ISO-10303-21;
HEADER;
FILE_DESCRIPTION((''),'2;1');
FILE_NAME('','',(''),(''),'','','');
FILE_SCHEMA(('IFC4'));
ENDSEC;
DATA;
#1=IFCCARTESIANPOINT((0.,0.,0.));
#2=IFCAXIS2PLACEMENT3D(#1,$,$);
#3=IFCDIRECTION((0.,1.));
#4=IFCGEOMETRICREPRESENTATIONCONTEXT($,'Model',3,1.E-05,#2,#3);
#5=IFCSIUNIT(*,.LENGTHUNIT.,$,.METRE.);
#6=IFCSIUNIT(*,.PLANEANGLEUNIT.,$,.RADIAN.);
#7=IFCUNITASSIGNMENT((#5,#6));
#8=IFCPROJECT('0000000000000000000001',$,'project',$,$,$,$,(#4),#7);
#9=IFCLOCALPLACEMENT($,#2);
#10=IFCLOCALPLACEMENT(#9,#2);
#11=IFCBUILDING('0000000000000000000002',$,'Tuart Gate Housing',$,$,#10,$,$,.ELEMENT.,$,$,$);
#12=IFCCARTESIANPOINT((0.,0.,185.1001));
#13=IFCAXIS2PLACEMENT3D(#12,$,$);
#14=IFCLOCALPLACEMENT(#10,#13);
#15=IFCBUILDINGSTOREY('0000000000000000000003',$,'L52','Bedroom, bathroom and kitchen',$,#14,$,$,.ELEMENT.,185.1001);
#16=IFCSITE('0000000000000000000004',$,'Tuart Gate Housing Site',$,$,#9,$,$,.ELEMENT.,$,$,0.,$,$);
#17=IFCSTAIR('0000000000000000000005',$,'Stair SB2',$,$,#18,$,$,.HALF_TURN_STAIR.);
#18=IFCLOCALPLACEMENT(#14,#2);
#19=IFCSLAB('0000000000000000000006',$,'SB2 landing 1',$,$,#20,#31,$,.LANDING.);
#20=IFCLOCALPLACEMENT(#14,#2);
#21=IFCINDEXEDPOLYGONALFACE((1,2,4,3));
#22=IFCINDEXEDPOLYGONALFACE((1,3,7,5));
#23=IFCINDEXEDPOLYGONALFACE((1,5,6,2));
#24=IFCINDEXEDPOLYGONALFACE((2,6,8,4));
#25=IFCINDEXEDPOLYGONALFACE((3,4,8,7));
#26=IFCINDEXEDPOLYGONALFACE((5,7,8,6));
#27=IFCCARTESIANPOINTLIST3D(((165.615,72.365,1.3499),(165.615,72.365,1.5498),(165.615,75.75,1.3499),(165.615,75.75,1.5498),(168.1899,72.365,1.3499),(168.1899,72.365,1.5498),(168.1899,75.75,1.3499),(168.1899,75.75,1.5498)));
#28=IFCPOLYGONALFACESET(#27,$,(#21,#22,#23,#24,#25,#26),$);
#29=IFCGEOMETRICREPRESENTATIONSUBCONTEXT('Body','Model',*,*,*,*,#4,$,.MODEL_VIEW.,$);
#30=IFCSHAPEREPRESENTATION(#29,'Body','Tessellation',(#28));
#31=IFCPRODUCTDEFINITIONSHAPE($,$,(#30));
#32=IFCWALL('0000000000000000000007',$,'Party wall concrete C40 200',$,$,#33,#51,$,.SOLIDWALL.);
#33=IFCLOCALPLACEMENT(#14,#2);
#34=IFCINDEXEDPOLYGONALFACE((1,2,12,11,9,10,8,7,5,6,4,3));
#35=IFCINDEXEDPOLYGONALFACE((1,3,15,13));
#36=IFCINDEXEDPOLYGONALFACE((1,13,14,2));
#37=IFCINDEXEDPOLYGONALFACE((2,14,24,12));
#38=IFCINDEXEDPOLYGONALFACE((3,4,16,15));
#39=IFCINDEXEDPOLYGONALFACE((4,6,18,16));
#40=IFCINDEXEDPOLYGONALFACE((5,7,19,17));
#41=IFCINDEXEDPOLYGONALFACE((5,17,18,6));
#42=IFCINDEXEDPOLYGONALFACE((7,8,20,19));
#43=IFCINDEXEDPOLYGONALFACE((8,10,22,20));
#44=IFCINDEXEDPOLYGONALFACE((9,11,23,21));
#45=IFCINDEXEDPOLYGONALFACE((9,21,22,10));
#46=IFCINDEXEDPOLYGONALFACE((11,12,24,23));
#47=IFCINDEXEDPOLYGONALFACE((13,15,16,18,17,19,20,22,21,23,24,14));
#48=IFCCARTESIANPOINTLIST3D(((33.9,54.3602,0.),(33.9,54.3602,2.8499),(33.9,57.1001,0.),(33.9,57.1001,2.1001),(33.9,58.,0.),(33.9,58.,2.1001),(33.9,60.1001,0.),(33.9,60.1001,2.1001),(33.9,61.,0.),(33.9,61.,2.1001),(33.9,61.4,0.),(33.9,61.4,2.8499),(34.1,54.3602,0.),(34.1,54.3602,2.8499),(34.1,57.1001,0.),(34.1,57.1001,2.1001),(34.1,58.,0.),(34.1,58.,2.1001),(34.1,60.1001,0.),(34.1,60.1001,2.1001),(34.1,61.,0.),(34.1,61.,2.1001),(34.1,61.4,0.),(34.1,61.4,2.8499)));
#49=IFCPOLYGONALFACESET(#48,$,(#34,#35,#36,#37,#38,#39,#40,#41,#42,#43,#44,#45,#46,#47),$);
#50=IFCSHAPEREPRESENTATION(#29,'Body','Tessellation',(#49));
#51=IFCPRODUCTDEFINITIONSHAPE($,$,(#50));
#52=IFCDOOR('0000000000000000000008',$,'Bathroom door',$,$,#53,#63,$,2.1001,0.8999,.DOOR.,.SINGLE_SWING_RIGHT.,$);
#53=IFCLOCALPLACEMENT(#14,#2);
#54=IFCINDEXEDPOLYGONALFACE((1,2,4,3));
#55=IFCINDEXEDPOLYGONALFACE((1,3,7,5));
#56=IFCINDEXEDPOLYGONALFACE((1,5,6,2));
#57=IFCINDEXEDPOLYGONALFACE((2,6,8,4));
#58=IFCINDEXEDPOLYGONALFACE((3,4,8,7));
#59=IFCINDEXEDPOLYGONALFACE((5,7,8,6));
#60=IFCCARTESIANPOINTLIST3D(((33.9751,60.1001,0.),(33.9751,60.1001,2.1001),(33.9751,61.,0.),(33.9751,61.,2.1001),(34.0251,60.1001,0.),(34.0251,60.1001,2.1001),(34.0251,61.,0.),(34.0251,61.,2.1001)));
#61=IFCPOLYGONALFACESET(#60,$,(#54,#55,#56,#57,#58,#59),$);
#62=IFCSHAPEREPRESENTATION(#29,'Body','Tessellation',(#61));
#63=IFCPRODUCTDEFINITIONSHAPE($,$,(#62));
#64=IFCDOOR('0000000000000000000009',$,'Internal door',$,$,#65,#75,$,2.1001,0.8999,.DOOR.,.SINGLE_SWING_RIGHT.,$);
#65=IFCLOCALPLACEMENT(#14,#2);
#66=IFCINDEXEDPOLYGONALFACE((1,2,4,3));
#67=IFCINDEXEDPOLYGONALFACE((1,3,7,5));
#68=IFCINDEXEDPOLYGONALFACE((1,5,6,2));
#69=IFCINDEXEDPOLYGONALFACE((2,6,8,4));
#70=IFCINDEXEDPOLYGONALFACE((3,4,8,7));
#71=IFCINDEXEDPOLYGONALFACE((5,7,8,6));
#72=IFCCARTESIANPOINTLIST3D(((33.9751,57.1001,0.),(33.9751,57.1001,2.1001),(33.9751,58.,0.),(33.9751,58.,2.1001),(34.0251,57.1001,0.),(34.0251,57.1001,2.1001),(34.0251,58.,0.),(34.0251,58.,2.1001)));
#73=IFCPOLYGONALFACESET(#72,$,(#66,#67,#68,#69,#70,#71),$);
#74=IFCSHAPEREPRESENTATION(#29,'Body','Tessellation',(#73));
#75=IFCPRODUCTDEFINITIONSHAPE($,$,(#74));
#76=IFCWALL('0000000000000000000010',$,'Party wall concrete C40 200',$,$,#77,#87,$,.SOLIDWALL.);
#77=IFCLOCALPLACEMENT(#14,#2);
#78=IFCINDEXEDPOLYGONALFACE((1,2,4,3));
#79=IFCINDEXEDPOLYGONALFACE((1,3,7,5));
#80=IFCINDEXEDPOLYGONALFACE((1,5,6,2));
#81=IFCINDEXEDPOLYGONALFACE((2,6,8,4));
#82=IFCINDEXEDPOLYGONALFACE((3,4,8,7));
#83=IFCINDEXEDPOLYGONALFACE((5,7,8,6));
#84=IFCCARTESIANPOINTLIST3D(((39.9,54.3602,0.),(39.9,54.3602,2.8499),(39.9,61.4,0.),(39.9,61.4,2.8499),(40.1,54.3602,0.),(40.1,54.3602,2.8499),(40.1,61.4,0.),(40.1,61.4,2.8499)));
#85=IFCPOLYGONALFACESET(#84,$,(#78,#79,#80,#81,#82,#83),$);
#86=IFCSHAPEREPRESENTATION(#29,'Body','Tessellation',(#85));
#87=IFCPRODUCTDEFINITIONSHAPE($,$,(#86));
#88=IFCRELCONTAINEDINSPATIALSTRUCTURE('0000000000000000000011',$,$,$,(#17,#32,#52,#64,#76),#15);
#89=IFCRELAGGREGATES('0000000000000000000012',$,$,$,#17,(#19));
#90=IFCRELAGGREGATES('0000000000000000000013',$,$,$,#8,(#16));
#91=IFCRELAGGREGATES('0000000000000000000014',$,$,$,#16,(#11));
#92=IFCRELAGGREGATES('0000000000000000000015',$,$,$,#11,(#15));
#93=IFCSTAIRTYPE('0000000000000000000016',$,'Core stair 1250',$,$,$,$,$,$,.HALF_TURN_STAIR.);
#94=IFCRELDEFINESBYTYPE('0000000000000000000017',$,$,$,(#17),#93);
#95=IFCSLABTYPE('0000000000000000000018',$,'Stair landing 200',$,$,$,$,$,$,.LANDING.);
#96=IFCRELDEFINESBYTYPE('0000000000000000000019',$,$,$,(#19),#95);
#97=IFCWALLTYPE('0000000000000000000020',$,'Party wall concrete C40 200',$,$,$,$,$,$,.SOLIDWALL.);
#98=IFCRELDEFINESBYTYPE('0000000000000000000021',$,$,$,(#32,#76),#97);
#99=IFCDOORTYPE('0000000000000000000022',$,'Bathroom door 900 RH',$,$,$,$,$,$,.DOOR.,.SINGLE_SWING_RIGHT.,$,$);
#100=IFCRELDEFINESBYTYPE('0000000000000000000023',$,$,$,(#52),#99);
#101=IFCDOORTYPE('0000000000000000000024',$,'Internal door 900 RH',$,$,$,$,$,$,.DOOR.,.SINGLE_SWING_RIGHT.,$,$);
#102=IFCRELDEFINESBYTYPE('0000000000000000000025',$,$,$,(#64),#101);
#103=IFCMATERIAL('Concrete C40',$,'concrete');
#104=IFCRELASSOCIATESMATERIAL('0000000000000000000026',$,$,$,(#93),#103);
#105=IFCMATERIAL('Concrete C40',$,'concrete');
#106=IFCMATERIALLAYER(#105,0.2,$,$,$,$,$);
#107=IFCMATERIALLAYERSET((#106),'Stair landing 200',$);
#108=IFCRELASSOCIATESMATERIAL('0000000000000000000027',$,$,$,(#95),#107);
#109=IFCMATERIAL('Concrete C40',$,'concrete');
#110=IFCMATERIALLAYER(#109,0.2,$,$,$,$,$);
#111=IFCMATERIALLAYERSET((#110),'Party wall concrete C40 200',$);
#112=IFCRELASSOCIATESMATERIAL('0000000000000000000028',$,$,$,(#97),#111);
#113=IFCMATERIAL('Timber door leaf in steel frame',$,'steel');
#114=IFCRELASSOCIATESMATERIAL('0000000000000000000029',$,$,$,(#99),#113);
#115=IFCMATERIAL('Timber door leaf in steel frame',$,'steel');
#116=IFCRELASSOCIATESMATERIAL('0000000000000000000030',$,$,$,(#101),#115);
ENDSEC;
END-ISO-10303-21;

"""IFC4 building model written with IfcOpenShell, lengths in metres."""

from ifc_helpers import new_model, si_unit, direction, frame, frame_2d, origin, place, context, subcontext, project, spatial, polyline, rectangle, outline, extrude, material, layer, layer_set, type_object, element, fill, aggregate, save


model = new_model("IFC4")

# Units and contexts
model_context = context("Model", 3, precision=1e-05, world=origin(), true_north=direction((0.0, 1.0)))
body_context = subcontext(model_context, "Body", "Model", "MODEL_VIEW")
ifc_project = project(units=[si_unit("LENGTHUNIT", "METRE"), si_unit("PLANEANGLEUNIT", "RADIAN")], contexts=[model_context])

# Site, building, storey
site_placement = place(None, origin())
site = spatial("IfcSite", under=ifc_project, at=site_placement, Name="Tuart Gate Housing Site", CompositionType="ELEMENT", RefElevation=0.0)
building_placement = place(site_placement, origin())
building = spatial("IfcBuilding", under=site, at=building_placement, Name="Tuart Gate Housing", CompositionType="ELEMENT")
storey_placement = place(building_placement, frame((0.0, 0.0, 185.1001)))
storey = spatial("IfcBuildingStorey", under=building, at=storey_placement, Name="L52", Description="Bedroom, bathroom and kitchen", CompositionType="ELEMENT", Elevation=185.1001)

# Stair, slab
ifc_material_1 = material(Name="Concrete C40", Category="concrete")
stair_type = type_object("IfcStairType", Name="Core stair 1250", PredefinedType="HALF_TURN_STAIR", material=ifc_material_1)
stair_placement = place(storey_placement, origin())
stair = element("IfcStair", 1, at=stair_placement, inside=storey, type_object=stair_type, Name="Stair SB2", PredefinedType="HALF_TURN_STAIR")
ifc_material_2 = material(Name="Concrete C40", Category="concrete")
ifc_layer_1 = layer(ifc_material_2, 0.2)
ifc_layer_set_1 = layer_set([ifc_layer_1], Name="Stair landing 200")
slab_type = type_object("IfcSlabType", Name="Stair landing 200", PredefinedType="LANDING", material=ifc_layer_set_1)
slab_placement = place(storey_placement, frame((0.0, 0.0, 1.3499)))
slab = element("IfcSlab", 2, at=slab_placement, type_object=slab_type, Name="SB2 landing 1", PredefinedType="LANDING", context=body_context, shape_type="SweptSolid", body=[
    extrude(outline(polyline([(165.615, 72.365), (168.1899, 72.365), (168.1899, 75.75), (165.615, 75.75), (165.615, 72.365)])), origin(), (0.0, 0.0, 1.0), 0.2),
])
aggregate(stair, [slab])

# Wall, openings, doors
ifc_material_3 = material(Name="Concrete C40", Category="concrete")
ifc_layer_2 = layer(ifc_material_3, 0.2)
ifc_layer_set_2 = layer_set([ifc_layer_2], Name="Party wall concrete C40 200")
wall_type_1 = type_object("IfcWallType", Name="Party wall concrete C40 200", PredefinedType="SOLIDWALL", material=ifc_layer_set_2)
wall_1_placement = place(storey_placement, frame((34.0, 54.3601, 0.0), z_axis=(0.0, 0.0, 1.0), x_axis=(0.0, 1.0, 0.0)))
wall_1 = element("IfcWall", 3, at=wall_1_placement, inside=storey, type_object=wall_type_1, Name="Party wall concrete C40 200", PredefinedType="SOLIDWALL", context=body_context, shape_type="SweptSolid", body=[
    extrude(rectangle(XDim=7.0398, YDim=0.2, at=frame_2d((3.52, 0.0))), origin(), (0.0, 0.0, 1.0), 2.8499),
])
opening_1_placement = place(wall_1_placement, frame((2.74, 0.0, 0.0)))
opening_1 = element("IfcOpeningElement", 4, at=opening_1_placement, cuts=wall_1, PredefinedType="OPENING", context=body_context, shape_type="SweptSolid", body=[
    extrude(rectangle(XDim=0.8999, YDim=2.1001, at=frame_2d((0.45, 1.05))), frame((0.0, 0.1099, 0.0), z_axis=(0.0, -1.0, 0.0), x_axis=(1.0, 0.0, 0.0)), (0.0, 0.0, 1.0), 0.22),
])
opening_2_placement = place(wall_1_placement, frame((5.74, 0.0, 0.0)))
opening_2 = element("IfcOpeningElement", 5, at=opening_2_placement, cuts=wall_1, PredefinedType="OPENING", context=body_context, shape_type="SweptSolid", body=[
    extrude(rectangle(XDim=0.8999, YDim=2.1001, at=frame_2d((0.45, 1.05))), frame((0.0, 0.1099, 0.0), z_axis=(0.0, -1.0, 0.0), x_axis=(1.0, 0.0, 0.0)), (0.0, 0.0, 1.0), 0.22),
])
ifc_material_4 = material(Name="Timber door leaf in steel frame", Category="steel")
door_type_1 = type_object("IfcDoorType", Name="Bathroom door 900 RH", OperationType="SINGLE_SWING_RIGHT", PredefinedType="DOOR", material=ifc_material_4)
door_1_placement = place(opening_2_placement, origin())
door_1 = element("IfcDoor", 6, at=door_1_placement, inside=storey, type_object=door_type_1, Name="Bathroom door", OperationType="SINGLE_SWING_RIGHT", OverallHeight=2.1001, OverallWidth=0.8999, PredefinedType="DOOR", context=body_context, shape_type="SweptSolid", body=[
    extrude(rectangle(XDim=0.8999, YDim=2.1001, at=frame_2d((0.45, 1.05))), frame((0.0, 0.0249, 0.0), z_axis=(0.0, -1.0, 0.0), x_axis=(1.0, 0.0, 0.0)), (0.0, 0.0, 1.0), 0.05),
])
fill(opening_2, door_1)
ifc_material_5 = material(Name="Timber door leaf in steel frame", Category="steel")
door_type_2 = type_object("IfcDoorType", Name="Internal door 900 RH", OperationType="SINGLE_SWING_RIGHT", PredefinedType="DOOR", material=ifc_material_5)
door_2_placement = place(opening_1_placement, origin())
door_2 = element("IfcDoor", 7, at=door_2_placement, inside=storey, type_object=door_type_2, Name="Internal door", OperationType="SINGLE_SWING_RIGHT", OverallHeight=2.1001, OverallWidth=0.8999, PredefinedType="DOOR", context=body_context, shape_type="SweptSolid", body=[
    extrude(rectangle(XDim=0.8999, YDim=2.1001, at=frame_2d((0.45, 1.05))), frame((0.0, 0.0249, 0.0), z_axis=(0.0, -1.0, 0.0), x_axis=(1.0, 0.0, 0.0)), (0.0, 0.0, 1.0), 0.05),
])
fill(opening_1, door_2)

# Wall
wall_2_placement = place(storey_placement, frame((40.0, 54.3601, 0.0), z_axis=(0.0, 0.0, 1.0), x_axis=(0.0, 1.0, 0.0)))
element("IfcWall", 8, at=wall_2_placement, inside=storey, type_object=wall_type_1, Name="Party wall concrete C40 200", PredefinedType="SOLIDWALL", context=body_context, shape_type="SweptSolid", body=[
    extrude(rectangle(XDim=7.0398, YDim=0.2, at=frame_2d((3.52, 0.0))), origin(), (0.0, 0.0, 1.0), 2.8499),
])

save(model, "model.ifc")
